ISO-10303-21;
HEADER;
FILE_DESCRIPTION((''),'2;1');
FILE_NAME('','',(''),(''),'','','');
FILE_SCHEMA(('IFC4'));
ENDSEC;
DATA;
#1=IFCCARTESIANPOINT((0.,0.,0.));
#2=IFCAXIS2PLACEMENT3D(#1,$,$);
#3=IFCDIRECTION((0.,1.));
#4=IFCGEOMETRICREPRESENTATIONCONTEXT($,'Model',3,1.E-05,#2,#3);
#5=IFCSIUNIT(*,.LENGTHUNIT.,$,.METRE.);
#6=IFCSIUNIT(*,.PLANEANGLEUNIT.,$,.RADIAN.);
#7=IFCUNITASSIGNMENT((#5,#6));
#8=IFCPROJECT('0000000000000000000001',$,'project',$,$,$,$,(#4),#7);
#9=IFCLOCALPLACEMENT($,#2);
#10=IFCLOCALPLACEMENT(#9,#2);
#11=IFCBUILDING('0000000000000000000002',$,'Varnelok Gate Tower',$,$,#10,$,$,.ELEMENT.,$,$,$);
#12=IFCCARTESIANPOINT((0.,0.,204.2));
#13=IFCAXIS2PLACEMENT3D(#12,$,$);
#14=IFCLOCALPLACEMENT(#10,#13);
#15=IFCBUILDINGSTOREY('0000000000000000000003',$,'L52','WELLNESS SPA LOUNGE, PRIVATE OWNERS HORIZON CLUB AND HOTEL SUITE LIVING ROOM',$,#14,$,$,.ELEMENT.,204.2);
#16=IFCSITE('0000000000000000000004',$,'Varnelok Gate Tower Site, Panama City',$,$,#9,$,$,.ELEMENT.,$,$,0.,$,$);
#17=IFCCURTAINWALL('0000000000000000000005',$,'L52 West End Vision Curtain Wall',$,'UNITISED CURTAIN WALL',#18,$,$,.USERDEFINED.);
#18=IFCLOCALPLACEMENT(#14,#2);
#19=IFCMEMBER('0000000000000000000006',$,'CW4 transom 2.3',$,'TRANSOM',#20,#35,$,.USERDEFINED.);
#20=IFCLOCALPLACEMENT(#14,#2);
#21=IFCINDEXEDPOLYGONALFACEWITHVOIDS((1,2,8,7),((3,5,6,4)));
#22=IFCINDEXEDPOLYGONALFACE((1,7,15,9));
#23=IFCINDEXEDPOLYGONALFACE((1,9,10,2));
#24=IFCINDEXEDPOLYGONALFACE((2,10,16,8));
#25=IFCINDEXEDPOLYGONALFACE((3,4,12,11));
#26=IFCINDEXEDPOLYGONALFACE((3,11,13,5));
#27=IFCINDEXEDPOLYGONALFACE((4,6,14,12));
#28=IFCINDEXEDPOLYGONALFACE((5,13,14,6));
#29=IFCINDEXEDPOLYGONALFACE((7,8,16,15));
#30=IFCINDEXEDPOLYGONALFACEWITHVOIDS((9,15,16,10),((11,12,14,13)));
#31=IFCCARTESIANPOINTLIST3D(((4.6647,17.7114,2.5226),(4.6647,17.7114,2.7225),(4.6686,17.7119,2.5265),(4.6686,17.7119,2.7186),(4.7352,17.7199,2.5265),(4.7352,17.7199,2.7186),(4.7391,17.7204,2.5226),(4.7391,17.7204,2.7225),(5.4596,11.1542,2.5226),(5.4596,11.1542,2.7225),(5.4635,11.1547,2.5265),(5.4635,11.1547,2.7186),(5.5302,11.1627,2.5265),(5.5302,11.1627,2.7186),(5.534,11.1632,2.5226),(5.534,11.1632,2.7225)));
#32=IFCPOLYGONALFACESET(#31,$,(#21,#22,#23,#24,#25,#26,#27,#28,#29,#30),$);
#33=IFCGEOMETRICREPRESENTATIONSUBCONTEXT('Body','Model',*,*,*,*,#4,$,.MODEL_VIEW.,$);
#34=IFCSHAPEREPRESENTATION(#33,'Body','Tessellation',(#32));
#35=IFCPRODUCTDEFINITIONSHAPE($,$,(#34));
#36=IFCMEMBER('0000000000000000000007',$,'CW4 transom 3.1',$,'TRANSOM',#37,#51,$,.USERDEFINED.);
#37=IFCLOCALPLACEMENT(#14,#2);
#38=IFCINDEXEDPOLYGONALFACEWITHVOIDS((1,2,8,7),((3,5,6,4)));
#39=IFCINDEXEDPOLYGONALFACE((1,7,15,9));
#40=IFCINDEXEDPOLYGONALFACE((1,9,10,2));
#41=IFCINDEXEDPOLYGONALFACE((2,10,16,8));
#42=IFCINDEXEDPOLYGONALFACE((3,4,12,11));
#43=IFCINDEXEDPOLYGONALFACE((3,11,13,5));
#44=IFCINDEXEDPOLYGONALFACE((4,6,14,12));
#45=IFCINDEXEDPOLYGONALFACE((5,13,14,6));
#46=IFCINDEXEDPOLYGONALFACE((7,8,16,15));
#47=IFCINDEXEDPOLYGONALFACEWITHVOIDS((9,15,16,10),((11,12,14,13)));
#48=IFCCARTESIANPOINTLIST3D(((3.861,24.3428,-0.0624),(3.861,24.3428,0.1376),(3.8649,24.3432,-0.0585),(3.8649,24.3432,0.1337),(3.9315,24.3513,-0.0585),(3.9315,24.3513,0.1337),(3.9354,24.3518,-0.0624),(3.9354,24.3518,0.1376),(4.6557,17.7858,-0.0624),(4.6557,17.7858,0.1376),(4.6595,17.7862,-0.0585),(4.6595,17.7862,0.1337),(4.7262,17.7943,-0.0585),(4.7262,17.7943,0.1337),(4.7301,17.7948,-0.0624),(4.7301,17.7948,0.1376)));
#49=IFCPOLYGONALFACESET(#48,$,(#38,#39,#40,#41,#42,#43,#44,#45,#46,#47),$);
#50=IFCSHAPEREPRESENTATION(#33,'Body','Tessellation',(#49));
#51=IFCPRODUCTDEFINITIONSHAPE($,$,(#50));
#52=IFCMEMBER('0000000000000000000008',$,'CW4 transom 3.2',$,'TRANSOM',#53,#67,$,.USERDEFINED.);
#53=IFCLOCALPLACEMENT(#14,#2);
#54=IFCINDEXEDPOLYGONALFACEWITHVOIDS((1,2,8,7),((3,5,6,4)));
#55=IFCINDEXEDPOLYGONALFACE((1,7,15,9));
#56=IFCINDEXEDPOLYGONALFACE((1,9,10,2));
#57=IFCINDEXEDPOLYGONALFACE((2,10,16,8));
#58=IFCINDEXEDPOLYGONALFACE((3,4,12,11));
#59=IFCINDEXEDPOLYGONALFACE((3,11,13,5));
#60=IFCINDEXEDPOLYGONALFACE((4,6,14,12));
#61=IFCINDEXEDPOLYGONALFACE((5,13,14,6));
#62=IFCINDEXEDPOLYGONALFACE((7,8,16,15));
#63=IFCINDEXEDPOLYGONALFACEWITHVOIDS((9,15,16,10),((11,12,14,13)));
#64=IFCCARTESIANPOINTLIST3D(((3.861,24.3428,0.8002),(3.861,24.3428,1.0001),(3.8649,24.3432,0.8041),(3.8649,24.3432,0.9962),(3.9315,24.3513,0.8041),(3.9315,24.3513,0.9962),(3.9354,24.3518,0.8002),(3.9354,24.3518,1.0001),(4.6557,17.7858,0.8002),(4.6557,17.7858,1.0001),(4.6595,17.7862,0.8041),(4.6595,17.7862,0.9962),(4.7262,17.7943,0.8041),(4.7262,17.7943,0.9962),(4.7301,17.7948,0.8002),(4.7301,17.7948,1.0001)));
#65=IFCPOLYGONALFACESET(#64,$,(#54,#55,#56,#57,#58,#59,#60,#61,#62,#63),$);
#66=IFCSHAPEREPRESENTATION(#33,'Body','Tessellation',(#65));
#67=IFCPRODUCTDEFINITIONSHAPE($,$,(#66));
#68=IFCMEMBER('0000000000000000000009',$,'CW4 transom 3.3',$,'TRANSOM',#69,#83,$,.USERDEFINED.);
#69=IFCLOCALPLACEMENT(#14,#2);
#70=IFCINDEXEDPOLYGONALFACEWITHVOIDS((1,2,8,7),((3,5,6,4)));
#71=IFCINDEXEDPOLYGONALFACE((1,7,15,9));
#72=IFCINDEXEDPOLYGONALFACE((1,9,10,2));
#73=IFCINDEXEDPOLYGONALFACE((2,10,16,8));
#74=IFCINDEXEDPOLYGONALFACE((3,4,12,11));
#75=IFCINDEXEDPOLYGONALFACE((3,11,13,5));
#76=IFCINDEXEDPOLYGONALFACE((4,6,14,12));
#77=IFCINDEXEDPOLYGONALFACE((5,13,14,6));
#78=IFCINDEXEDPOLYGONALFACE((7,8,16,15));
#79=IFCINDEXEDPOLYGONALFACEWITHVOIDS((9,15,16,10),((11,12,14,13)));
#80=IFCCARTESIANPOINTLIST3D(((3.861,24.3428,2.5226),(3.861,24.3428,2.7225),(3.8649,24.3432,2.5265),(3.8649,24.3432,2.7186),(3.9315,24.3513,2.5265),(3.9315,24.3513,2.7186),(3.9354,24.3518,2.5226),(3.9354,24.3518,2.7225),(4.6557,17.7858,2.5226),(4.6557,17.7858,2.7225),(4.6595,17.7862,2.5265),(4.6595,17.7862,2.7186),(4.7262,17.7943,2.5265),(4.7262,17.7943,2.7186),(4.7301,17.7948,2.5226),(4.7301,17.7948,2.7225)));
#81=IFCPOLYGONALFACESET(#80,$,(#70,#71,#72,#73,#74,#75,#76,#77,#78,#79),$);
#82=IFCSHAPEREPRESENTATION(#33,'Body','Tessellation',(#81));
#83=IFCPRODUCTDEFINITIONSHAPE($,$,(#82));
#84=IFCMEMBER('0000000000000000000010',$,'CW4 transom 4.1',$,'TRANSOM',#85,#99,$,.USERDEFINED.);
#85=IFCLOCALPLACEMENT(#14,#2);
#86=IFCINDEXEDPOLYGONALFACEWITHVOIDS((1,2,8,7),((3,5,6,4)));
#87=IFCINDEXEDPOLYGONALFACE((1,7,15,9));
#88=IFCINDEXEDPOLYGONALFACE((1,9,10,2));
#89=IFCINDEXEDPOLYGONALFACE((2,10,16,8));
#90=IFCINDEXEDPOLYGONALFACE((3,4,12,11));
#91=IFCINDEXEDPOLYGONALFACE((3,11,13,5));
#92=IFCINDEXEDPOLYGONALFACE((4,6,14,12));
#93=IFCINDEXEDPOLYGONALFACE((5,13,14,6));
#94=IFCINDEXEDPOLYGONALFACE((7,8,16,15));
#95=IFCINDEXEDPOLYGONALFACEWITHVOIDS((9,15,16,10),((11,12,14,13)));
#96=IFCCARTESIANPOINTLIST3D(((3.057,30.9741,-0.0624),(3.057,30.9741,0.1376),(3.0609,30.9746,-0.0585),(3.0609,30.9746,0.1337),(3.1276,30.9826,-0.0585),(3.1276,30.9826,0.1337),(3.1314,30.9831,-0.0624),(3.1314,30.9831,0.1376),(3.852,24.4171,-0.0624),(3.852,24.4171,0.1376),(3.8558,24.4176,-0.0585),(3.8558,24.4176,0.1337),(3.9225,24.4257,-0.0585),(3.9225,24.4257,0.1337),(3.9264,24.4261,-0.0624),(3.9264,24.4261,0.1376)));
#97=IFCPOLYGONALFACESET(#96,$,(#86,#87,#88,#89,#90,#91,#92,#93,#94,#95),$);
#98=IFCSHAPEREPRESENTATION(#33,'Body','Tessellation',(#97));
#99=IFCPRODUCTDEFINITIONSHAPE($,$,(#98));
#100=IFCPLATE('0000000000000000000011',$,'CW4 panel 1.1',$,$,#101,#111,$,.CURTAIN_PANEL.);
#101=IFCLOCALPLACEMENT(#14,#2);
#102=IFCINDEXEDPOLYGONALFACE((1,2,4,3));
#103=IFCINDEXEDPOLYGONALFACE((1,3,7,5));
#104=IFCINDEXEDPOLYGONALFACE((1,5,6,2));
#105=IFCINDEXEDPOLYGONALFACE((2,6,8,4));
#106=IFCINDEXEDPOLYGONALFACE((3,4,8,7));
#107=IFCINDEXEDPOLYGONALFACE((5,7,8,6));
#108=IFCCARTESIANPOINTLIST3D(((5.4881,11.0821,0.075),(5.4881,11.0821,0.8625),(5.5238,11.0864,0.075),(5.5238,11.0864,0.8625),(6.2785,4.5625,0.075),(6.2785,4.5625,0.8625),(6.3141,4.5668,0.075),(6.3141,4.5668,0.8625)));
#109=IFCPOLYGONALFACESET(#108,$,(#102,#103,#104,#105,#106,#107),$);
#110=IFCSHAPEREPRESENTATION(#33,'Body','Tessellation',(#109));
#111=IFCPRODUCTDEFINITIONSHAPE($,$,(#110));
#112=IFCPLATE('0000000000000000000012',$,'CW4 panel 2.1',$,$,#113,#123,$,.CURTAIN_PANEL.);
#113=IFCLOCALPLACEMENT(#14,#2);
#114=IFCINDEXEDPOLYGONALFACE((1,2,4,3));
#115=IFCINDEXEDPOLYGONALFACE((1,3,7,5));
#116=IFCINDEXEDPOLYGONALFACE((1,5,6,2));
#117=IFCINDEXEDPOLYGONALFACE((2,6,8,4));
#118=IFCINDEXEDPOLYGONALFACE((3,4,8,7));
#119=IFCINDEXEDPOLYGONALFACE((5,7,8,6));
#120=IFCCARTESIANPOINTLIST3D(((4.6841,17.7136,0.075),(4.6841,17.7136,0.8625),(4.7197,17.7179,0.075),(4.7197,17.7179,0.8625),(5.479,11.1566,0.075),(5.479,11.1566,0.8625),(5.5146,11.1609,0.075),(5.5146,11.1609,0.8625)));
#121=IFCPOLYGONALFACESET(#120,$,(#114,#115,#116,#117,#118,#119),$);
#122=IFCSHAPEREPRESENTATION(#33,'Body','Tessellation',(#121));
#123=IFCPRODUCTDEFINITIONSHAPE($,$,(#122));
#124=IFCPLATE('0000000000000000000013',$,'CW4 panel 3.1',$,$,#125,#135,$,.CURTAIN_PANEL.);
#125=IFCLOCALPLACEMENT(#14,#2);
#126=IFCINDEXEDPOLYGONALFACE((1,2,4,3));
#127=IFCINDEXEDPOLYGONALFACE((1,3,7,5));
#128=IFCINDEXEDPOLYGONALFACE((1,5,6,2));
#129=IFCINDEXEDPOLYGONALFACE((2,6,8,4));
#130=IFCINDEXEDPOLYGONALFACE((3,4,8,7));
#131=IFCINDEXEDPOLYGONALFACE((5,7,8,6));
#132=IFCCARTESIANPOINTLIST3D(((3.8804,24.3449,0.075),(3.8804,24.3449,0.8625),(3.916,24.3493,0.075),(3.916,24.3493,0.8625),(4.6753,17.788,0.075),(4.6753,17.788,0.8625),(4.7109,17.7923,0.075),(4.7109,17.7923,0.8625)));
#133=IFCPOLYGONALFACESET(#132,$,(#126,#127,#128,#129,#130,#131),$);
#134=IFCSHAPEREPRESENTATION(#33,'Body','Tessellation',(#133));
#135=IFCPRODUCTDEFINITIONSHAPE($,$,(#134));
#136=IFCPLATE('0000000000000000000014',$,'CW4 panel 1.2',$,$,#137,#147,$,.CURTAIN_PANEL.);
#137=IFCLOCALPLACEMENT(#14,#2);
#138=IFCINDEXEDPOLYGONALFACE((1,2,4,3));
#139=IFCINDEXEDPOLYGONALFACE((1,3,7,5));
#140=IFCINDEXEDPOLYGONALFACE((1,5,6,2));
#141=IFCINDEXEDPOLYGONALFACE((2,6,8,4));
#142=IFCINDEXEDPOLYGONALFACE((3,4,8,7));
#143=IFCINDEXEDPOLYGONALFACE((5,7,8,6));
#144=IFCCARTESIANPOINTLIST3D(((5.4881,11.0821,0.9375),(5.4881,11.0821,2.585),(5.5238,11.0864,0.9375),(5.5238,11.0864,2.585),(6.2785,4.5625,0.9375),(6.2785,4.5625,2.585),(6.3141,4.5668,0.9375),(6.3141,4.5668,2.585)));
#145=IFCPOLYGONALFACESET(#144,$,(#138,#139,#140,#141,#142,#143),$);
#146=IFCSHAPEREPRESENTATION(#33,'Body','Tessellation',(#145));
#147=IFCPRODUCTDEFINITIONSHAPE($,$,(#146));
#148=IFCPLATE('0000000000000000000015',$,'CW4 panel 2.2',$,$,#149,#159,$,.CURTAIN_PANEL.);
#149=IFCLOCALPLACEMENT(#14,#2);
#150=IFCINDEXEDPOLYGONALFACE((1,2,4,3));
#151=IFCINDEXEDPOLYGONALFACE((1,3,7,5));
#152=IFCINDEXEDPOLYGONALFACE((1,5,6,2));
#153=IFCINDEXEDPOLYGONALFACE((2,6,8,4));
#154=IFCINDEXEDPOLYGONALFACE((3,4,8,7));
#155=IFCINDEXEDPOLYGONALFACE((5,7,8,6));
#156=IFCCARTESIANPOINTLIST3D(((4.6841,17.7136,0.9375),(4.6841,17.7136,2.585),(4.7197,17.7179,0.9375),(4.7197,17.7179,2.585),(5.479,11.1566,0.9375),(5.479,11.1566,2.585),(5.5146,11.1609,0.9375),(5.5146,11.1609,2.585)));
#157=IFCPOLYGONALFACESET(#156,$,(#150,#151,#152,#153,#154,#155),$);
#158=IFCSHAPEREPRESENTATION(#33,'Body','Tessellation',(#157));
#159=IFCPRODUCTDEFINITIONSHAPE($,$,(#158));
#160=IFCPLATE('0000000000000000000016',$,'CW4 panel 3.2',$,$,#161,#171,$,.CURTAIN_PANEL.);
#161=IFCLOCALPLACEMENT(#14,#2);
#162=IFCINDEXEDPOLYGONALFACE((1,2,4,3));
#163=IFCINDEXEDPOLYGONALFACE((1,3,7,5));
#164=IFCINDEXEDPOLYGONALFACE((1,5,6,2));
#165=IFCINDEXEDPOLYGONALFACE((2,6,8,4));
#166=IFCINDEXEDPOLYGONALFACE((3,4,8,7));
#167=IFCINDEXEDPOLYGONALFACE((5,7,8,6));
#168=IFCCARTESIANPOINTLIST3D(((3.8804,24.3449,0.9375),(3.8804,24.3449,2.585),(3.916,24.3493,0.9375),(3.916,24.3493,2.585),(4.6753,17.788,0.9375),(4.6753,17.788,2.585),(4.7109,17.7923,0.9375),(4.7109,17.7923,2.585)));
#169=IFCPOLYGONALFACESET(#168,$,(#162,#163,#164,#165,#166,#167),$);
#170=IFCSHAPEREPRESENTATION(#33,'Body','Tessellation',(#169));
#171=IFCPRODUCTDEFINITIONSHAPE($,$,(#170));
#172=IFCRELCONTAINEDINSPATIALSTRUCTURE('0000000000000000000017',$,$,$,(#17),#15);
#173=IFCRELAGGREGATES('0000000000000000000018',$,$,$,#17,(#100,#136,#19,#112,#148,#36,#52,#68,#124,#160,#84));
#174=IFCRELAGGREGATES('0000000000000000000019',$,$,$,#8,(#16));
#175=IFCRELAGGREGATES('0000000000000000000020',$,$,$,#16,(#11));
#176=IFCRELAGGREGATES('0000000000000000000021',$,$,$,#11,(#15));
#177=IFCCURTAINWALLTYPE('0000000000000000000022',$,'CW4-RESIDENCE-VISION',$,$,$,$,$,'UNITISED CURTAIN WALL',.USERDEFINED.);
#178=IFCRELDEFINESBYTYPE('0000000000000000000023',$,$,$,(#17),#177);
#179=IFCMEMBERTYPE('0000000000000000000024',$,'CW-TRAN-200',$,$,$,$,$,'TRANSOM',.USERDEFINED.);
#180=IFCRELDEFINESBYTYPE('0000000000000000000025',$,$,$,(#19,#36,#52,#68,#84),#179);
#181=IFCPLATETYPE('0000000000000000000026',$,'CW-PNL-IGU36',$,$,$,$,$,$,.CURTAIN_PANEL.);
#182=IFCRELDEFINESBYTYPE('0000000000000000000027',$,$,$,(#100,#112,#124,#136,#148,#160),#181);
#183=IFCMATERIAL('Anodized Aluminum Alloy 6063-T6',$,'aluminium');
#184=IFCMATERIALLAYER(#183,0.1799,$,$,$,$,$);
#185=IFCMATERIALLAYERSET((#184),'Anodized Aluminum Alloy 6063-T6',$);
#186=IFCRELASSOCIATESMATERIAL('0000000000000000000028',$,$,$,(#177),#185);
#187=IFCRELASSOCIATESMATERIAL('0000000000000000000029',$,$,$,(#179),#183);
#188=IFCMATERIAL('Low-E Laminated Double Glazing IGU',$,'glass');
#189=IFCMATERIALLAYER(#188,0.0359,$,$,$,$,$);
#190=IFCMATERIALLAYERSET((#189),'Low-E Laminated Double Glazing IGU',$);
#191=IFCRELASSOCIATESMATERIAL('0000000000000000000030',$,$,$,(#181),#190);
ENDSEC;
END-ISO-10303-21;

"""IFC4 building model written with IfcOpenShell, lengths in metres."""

from ifc_helpers import new_model, si_unit, direction, frame, origin, origin_2d, place, context, subcontext, project, spatial, rectangle, hollow_rectangle, extrude, source, transform, mapped, material, layer, layer_set, material_profile, profile_set, type_object, element, aggregate, save


model = new_model("IFC4")

# Units and contexts
model_context = context("Model", 3, precision=1e-05, world=origin(), true_north=direction((0.0, 1.0)))
body_context = subcontext(model_context, "Body", "Model", "MODEL_VIEW")
ifc_project = project(units=[si_unit("LENGTHUNIT", "METRE"), si_unit("PLANEANGLEUNIT", "RADIAN")], contexts=[model_context])

# Site, building, storey
site_placement = place(None, origin())
site = spatial("IfcSite", under=ifc_project, at=site_placement, Name="Varnelok Gate Tower Site, Panama City", CompositionType="ELEMENT", RefElevation=0.0)
building_placement = place(site_placement, origin())
building = spatial("IfcBuilding", under=site, at=building_placement, Name="Varnelok Gate Tower", CompositionType="ELEMENT")
storey_placement = place(building_placement, frame((0.0, 0.0, 204.2)))
storey = spatial("IfcBuildingStorey", under=building, at=storey_placement, Name="L52", Description="WELLNESS SPA LOUNGE, PRIVATE OWNERS HORIZON CLUB AND HOTEL SUITE LIVING ROOM", CompositionType="ELEMENT", Elevation=204.2)

# Curtain wall, members, plates
ifc_material_1 = material(Name="Anodized Aluminum Alloy 6063-T6", Category="aluminium")
ifc_layer_1 = layer(ifc_material_1, 0.1799)
ifc_layer_set_1 = layer_set([ifc_layer_1], Name="Anodized Aluminum Alloy 6063-T6")
curtain_wall_type = type_object("IfcCurtainWallType", Name="CW4-RESIDENCE-VISION", ElementType="UNITISED CURTAIN WALL", PredefinedType="USERDEFINED", material=ifc_layer_set_1)
curtain_wall_placement = place(storey_placement, origin())
curtain_wall = element("IfcCurtainWall", 1, at=curtain_wall_placement, inside=storey, type_object=curtain_wall_type, Name="L52 West End Vision Curtain Wall", ObjectType="UNITISED CURTAIN WALL", PredefinedType="USERDEFINED")
ifc_material_profile_1 = material_profile(ifc_material_1, hollow_rectangle(XDim=0.075, YDim=0.2, WallThickness=0.0039, at=origin_2d()), Name="ALU200X75X4")
ifc_profile_set_1 = profile_set([ifc_material_profile_1], Name="Anodized Aluminum Alloy 6063-T6")
member_type_1 = type_object("IfcMemberType", Name="CW-TRAN-200", ElementType="TRANSOM", PredefinedType="USERDEFINED", material=ifc_profile_set_1)
member_1_placement = place(storey_placement, frame((5.4968, 11.1587, 2.6226), z_axis=(-0.120349, 0.992732, 0.0), x_axis=(-0.992732, -0.120349, 0.0)))
member_1 = element("IfcMember", 2, at=member_1_placement, type_object=member_type_1, Name="CW4 transom 2.3", ObjectType="TRANSOM", PredefinedType="USERDEFINED", context=body_context, shape_type="SweptSolid", body=[
    extrude(hollow_rectangle(XDim=0.075, YDim=0.2, WallThickness=0.0039, at=origin_2d()), origin(), (0.0, 0.0, 1.0), 6.6052),
])
member_2_placement = place(storey_placement, frame((4.6929, 17.7903, 0.0376), z_axis=(-0.120317, 0.992736, 0.0), x_axis=(-0.992736, -0.120317, 0.0)))
member_2 = element("IfcMember", 3, at=member_2_placement, type_object=member_type_1, Name="CW4 transom 3.1", ObjectType="TRANSOM", PredefinedType="USERDEFINED", context=body_context, shape_type="SweptSolid", body=[
    extrude(hollow_rectangle(XDim=0.075, YDim=0.2, WallThickness=0.0039, at=origin_2d()), origin(), (0.0, 0.0, 1.0), 6.605),
])
member_3_placement = place(storey_placement, frame((4.6929, 17.7903, 0.9001), z_axis=(-0.120317, 0.992736, 0.0), x_axis=(-0.992736, -0.120317, 0.0)))
member_3 = element("IfcMember", 4, at=member_3_placement, type_object=member_type_1, Name="CW4 transom 3.2", ObjectType="TRANSOM", PredefinedType="USERDEFINED", context=body_context, shape_type="SweptSolid", body=[
    extrude(hollow_rectangle(XDim=0.075, YDim=0.2, WallThickness=0.0039, at=origin_2d()), origin(), (0.0, 0.0, 1.0), 6.605),
])
member_4_placement = place(storey_placement, frame((4.6929, 17.7903, 2.6226), z_axis=(-0.120317, 0.992736, 0.0), x_axis=(-0.992736, -0.120317, 0.0)))
member_4 = element("IfcMember", 5, at=member_4_placement, type_object=member_type_1, Name="CW4 transom 3.3", ObjectType="TRANSOM", PredefinedType="USERDEFINED", context=body_context, shape_type="SweptSolid", body=[
    extrude(hollow_rectangle(XDim=0.075, YDim=0.2, WallThickness=0.0039, at=origin_2d()), origin(), (0.0, 0.0, 1.0), 6.605),
])
member_5_placement = place(storey_placement, frame((3.8892, 24.4216, 0.0376), z_axis=(-0.120353, 0.992731, 0.0), x_axis=(-0.992731, -0.120353, 0.0)))
member_5 = element("IfcMember", 6, at=member_5_placement, type_object=member_type_1, Name="CW4 transom 4.1", ObjectType="TRANSOM", PredefinedType="USERDEFINED", context=body_context, shape_type="SweptSolid", body=[
    extrude(hollow_rectangle(XDim=0.075, YDim=0.2, WallThickness=0.0039, at=origin_2d()), origin(), (0.0, 0.0, 1.0), 6.605),
])
ifc_material_2 = material(Name="Low-E Laminated Double Glazing IGU", Category="glass")
ifc_layer_2 = layer(ifc_material_2, 0.0359)
ifc_layer_set_2 = layer_set([ifc_layer_2], Name="Low-E Laminated Double Glazing IGU")
plate_type = type_object("IfcPlateType", Name="CW-PNL-IGU36", PredefinedType="CURTAIN_PANEL", material=ifc_layer_set_2)
shared_shape_1 = source(origin(), body_context, "Body", "SweptSolid", [
    extrude(rectangle(XDim=6.5674, YDim=0.0359, at=origin_2d()), origin(), (0.0, 0.0, 1.0), 0.7876),
])
plate_1_placement = place(storey_placement, frame((5.9011, 7.8245, 0.075), z_axis=(0.0, 0.0, 1.0), x_axis=(-0.120345, 0.992732, 0.0)))
plate_1 = element("IfcPlate", 7, at=plate_1_placement, type_object=plate_type, Name="CW4 panel 1.1", PredefinedType="CURTAIN_PANEL", context=body_context, shape_type="MappedRepresentation", body=[
    mapped(shared_shape_1, transform((0.0, 0.0, 0.0), scale=1.0)),
])
shared_shape_2 = source(origin(), body_context, "Body", "SweptSolid", [
    extrude(rectangle(XDim=6.605, YDim=0.0359, at=origin_2d()), origin(), (0.0, 0.0, 1.0), 0.7876),
])
plate_2_placement = place(storey_placement, frame((5.0994, 14.4373, 0.075), z_axis=(0.0, 0.0, 1.0), x_axis=(-0.120345, 0.992732, 0.0)))
plate_2 = element("IfcPlate", 8, at=plate_2_placement, type_object=plate_type, Name="CW4 panel 2.1", PredefinedType="CURTAIN_PANEL", context=body_context, shape_type="MappedRepresentation", body=[
    mapped(shared_shape_2, transform((0.0, 0.0, 0.0), scale=1.0)),
])
plate_3_placement = place(storey_placement, frame((4.2957, 21.0686, 0.075), z_axis=(0.0, 0.0, 1.0), x_axis=(-0.120345, 0.992732, 0.0)))
plate_3 = element("IfcPlate", 9, at=plate_3_placement, type_object=plate_type, Name="CW4 panel 3.1", PredefinedType="CURTAIN_PANEL", context=body_context, shape_type="MappedRepresentation", body=[
    mapped(shared_shape_2, transform((0.0, 0.0, 0.0), scale=1.0)),
])
shared_shape_3 = source(origin(), body_context, "Body", "SweptSolid", [
    extrude(rectangle(XDim=6.5674, YDim=0.0359, at=origin_2d()), origin(), (0.0, 0.0, 1.0), 1.6475),
])
plate_4_placement = place(storey_placement, frame((5.9011, 7.8245, 0.9375), z_axis=(0.0, 0.0, 1.0), x_axis=(-0.120345, 0.992732, 0.0)))
plate_4 = element("IfcPlate", 10, at=plate_4_placement, type_object=plate_type, Name="CW4 panel 1.2", PredefinedType="CURTAIN_PANEL", context=body_context, shape_type="MappedRepresentation", body=[
    mapped(shared_shape_3, transform((0.0, 0.0, 0.0), scale=1.0)),
])
shared_shape_4 = source(origin(), body_context, "Body", "SweptSolid", [
    extrude(rectangle(XDim=6.605, YDim=0.0359, at=origin_2d()), origin(), (0.0, 0.0, 1.0), 1.6475),
])
plate_5_placement = place(storey_placement, frame((5.0994, 14.4373, 0.9375), z_axis=(0.0, 0.0, 1.0), x_axis=(-0.120345, 0.992732, 0.0)))
plate_5 = element("IfcPlate", 11, at=plate_5_placement, type_object=plate_type, Name="CW4 panel 2.2", PredefinedType="CURTAIN_PANEL", context=body_context, shape_type="MappedRepresentation", body=[
    mapped(shared_shape_4, transform((0.0, 0.0, 0.0), scale=1.0)),
])
plate_6_placement = place(storey_placement, frame((4.2957, 21.0686, 0.9375), z_axis=(0.0, 0.0, 1.0), x_axis=(-0.120345, 0.992732, 0.0)))
plate_6 = element("IfcPlate", 12, at=plate_6_placement, type_object=plate_type, Name="CW4 panel 3.2", PredefinedType="CURTAIN_PANEL", context=body_context, shape_type="MappedRepresentation", body=[
    mapped(shared_shape_4, transform((0.0, 0.0, 0.0), scale=1.0)),
])
aggregate(curtain_wall, [plate_1, plate_4, member_1, plate_2, plate_5, member_2, member_3, member_4, plate_3, plate_6, member_5])

save(model, "model.ifc")
